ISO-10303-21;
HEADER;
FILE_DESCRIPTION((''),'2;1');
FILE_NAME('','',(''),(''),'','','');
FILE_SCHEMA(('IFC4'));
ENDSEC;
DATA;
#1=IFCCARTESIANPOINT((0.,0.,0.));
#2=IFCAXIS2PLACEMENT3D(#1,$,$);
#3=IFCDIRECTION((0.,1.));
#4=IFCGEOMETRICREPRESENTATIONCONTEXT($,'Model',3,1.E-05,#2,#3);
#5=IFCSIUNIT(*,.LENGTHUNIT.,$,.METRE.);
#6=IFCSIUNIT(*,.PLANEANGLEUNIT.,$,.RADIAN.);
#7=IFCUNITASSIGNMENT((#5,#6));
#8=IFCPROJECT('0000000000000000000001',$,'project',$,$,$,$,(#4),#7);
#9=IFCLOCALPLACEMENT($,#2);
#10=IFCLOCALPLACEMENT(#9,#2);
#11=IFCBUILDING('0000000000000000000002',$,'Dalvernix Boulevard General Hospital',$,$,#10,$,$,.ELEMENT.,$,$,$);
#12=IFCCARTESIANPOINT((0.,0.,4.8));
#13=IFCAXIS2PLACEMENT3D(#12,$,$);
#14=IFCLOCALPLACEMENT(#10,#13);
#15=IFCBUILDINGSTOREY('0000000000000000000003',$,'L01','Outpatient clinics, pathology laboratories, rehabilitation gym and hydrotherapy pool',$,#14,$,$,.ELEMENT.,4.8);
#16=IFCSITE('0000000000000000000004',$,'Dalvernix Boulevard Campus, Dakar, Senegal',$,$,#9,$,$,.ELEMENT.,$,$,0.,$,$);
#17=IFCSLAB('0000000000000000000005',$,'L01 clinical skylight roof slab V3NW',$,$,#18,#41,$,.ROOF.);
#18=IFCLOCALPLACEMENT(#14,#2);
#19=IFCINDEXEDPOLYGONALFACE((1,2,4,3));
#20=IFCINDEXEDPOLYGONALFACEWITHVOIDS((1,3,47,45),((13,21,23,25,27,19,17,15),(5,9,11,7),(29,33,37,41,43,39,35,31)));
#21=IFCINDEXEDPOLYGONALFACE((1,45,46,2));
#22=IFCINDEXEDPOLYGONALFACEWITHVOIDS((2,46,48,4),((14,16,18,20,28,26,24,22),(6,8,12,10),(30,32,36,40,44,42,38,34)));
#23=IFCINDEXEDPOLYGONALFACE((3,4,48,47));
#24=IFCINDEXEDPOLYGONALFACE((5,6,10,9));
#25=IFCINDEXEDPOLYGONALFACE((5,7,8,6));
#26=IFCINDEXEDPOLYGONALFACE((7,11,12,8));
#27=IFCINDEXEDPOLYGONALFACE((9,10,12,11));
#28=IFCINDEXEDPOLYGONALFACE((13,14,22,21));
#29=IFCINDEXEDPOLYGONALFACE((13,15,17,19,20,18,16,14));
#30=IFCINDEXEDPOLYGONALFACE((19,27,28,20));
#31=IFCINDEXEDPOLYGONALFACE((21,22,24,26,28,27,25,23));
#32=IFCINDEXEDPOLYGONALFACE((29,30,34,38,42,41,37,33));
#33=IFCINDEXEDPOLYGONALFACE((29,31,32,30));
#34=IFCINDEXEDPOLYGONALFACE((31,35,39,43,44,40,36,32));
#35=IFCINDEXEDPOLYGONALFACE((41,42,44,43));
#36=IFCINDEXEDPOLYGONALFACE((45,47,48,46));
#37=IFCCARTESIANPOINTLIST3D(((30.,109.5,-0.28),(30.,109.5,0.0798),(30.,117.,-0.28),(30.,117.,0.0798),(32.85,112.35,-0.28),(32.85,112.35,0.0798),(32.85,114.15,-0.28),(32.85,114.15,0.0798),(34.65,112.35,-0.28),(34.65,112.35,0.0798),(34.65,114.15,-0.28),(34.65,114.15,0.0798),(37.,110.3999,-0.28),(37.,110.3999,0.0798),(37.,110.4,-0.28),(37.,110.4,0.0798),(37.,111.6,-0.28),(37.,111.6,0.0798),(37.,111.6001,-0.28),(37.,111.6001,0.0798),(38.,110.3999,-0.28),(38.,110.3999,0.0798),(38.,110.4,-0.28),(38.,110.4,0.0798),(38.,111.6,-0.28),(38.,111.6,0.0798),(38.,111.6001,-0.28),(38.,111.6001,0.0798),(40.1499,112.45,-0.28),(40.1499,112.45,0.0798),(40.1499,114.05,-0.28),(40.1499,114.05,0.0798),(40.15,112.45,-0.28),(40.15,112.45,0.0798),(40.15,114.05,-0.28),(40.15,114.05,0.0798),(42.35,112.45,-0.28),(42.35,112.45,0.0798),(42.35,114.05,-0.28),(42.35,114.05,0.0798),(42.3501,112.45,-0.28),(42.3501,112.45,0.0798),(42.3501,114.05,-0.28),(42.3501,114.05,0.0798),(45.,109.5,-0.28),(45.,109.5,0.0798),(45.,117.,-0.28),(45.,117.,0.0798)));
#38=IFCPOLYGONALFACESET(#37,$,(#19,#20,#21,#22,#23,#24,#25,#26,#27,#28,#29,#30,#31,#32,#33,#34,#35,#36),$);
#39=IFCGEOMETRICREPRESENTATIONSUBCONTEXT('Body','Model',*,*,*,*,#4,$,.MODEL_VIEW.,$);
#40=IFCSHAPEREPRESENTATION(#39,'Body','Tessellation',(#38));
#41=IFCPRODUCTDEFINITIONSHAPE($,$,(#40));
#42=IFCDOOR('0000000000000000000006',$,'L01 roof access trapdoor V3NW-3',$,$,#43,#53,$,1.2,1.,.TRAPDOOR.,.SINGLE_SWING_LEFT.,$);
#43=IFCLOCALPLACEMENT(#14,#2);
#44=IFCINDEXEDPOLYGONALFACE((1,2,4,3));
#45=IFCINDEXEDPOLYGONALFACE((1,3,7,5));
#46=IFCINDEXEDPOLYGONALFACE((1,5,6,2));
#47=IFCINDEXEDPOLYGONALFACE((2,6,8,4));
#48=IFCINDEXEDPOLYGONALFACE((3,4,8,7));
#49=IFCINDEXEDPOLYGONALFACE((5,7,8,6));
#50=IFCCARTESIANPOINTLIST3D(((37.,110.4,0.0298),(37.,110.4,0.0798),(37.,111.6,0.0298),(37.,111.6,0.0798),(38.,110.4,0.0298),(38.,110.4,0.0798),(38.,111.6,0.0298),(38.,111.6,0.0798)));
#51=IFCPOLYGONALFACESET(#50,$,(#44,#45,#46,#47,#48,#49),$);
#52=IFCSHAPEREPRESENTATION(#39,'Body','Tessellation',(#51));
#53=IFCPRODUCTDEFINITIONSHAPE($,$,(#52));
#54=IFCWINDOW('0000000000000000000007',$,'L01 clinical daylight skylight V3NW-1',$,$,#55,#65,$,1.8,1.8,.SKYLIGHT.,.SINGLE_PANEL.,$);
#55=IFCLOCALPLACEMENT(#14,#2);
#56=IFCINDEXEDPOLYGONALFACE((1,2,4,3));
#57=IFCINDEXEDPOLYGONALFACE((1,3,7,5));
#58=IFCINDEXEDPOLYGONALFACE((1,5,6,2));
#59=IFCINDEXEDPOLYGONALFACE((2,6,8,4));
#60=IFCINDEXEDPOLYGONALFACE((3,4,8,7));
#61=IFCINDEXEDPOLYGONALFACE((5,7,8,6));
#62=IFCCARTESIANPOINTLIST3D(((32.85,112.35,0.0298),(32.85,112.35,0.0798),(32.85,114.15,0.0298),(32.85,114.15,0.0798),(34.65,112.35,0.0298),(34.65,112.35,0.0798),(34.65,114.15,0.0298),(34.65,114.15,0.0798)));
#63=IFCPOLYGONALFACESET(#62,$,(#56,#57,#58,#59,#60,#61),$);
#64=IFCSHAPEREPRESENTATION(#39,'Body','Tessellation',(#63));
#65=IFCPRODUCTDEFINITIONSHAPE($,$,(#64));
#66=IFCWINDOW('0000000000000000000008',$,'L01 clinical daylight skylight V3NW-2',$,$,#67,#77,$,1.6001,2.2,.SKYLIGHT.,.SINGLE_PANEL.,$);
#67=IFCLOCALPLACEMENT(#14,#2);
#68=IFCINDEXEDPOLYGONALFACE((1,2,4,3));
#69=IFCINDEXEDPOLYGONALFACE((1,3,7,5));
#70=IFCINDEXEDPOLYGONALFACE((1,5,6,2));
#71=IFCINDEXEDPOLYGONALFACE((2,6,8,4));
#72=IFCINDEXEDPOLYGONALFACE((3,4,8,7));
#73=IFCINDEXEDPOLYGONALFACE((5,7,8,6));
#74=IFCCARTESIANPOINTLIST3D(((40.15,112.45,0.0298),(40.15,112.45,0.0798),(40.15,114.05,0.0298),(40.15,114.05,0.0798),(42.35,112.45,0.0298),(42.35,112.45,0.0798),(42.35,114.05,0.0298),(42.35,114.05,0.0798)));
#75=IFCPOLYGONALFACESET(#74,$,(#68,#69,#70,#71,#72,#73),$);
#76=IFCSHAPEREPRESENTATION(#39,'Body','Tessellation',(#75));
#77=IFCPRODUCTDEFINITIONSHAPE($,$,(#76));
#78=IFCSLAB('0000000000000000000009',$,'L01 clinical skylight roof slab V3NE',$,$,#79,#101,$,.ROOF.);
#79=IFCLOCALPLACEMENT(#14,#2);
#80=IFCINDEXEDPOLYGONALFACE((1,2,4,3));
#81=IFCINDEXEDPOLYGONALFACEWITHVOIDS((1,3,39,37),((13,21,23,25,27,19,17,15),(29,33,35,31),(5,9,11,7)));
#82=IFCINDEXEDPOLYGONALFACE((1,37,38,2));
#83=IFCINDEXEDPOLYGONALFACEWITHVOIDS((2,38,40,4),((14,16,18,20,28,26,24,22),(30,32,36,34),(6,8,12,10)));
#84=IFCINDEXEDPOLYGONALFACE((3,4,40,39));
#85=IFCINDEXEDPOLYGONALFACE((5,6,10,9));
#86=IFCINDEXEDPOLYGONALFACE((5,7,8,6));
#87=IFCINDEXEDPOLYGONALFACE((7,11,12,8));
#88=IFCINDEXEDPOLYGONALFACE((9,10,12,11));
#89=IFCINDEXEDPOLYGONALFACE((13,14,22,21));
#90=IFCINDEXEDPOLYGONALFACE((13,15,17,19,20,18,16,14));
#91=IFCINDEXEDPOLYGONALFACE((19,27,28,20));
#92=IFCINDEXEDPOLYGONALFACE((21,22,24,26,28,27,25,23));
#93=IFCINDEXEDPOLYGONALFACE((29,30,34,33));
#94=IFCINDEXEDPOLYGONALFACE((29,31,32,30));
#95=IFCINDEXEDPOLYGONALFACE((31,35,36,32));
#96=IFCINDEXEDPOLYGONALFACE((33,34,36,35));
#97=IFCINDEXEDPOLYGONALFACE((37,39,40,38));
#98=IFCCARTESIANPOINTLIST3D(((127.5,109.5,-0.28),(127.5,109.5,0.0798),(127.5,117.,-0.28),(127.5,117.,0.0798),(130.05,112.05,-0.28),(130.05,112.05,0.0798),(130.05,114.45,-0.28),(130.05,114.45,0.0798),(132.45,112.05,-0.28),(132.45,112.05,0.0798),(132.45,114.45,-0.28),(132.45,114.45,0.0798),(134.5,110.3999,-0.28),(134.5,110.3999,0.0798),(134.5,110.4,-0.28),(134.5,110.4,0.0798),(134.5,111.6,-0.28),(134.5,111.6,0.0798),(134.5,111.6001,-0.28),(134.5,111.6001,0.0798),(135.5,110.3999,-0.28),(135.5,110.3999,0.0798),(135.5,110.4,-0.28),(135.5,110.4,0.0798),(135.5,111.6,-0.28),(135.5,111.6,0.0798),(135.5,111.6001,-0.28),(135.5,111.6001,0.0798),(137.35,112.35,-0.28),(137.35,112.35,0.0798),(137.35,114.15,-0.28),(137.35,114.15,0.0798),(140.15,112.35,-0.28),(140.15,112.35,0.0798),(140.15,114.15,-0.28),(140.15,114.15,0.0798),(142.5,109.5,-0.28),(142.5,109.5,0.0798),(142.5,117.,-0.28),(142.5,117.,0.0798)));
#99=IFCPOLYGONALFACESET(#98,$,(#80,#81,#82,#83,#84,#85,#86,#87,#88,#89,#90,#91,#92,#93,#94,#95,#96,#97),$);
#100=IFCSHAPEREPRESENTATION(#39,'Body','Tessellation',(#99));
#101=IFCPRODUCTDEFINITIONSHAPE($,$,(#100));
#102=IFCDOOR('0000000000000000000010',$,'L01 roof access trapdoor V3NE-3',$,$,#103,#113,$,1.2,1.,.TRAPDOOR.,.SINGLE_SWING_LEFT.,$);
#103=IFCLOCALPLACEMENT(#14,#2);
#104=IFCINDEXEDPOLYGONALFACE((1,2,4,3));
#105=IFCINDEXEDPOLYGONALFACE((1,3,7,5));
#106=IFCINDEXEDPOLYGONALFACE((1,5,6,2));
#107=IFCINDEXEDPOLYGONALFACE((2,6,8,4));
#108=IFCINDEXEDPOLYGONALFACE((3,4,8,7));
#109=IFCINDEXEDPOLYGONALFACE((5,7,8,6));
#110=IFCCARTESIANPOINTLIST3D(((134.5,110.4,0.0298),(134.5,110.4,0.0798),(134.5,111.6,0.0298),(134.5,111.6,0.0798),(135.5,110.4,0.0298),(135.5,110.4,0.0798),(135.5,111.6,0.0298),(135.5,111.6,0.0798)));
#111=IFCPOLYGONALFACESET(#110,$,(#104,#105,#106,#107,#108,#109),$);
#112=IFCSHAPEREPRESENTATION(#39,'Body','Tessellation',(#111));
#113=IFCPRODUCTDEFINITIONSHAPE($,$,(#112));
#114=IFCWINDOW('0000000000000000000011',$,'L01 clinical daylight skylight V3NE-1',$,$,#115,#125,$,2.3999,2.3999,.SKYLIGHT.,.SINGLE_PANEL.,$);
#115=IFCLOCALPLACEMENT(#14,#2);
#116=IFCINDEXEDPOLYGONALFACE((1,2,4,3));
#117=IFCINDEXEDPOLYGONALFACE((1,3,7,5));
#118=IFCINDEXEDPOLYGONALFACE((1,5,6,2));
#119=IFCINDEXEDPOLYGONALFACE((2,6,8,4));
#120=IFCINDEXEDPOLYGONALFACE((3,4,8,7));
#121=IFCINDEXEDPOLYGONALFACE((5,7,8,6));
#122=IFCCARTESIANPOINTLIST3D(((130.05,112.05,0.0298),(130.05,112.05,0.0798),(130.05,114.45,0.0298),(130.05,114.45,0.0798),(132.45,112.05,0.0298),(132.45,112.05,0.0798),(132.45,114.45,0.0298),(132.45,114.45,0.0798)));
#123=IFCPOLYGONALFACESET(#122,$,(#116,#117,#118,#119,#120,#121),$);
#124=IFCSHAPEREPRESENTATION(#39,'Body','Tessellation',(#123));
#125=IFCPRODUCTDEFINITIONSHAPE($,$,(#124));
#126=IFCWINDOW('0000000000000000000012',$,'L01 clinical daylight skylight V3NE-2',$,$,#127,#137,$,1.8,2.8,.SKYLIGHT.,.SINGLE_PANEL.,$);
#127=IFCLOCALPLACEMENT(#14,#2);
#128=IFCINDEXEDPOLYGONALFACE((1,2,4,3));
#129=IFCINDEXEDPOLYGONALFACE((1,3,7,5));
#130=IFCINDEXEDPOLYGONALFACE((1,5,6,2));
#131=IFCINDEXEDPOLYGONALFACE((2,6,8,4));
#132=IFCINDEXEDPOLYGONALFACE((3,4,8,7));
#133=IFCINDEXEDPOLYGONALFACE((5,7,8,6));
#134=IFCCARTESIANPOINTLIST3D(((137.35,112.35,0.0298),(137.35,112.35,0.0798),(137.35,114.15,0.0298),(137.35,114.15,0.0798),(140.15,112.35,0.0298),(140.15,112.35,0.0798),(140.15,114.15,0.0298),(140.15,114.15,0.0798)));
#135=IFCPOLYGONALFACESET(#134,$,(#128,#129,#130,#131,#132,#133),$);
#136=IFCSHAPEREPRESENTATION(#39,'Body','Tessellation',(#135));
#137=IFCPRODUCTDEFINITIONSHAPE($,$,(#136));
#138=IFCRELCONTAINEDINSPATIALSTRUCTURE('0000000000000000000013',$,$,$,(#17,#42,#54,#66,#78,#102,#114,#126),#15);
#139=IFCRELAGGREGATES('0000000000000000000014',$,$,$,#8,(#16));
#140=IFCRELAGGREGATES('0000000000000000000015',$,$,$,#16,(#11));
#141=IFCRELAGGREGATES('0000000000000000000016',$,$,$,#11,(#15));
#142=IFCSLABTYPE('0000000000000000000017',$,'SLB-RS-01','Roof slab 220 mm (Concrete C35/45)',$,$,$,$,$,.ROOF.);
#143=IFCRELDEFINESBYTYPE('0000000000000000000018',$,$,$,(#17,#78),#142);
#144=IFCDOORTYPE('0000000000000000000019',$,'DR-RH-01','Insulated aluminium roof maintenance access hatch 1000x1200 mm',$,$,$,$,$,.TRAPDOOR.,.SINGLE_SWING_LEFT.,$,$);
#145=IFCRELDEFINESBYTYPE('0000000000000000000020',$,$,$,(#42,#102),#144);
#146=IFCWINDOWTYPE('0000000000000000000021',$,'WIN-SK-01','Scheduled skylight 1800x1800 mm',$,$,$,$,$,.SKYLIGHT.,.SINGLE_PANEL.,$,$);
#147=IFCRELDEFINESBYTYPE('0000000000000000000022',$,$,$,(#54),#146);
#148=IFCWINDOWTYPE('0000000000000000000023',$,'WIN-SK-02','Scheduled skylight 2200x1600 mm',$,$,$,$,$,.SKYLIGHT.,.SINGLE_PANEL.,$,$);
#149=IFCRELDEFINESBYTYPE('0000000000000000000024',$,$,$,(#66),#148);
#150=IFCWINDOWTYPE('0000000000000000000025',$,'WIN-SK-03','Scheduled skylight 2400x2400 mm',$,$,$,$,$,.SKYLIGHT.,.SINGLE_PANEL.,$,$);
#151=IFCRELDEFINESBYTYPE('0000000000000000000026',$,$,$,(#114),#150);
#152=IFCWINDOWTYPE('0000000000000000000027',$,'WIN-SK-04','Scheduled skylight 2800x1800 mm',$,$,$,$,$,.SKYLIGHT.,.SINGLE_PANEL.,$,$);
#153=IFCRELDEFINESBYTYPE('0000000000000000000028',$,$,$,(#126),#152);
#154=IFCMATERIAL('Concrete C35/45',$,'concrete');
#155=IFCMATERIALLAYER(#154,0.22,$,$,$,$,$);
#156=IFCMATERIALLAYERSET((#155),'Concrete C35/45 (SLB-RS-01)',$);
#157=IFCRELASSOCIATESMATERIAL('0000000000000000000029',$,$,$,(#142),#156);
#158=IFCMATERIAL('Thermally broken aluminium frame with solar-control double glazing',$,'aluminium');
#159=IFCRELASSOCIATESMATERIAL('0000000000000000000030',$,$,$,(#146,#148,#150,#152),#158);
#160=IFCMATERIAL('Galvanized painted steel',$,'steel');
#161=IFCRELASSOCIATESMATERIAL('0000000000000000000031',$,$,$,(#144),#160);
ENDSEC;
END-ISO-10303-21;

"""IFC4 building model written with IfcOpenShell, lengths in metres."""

from ifc_helpers import new_model, si_unit, direction, frame, origin, origin_2d, place, context, subcontext, project, spatial, polyline, rectangle, outline, extrude, material, layer, layer_set, type_object, element, fill, save


model = new_model("IFC4")

# Units and contexts
model_context = context("Model", 3, precision=1e-05, world=origin(), true_north=direction((0.0, 1.0)))
body_context = subcontext(model_context, "Body", "Model", "MODEL_VIEW")
ifc_project = project(units=[si_unit("LENGTHUNIT", "METRE"), si_unit("PLANEANGLEUNIT", "RADIAN")], contexts=[model_context])

# Site, building, storey
site_placement = place(None, origin())
site = spatial("IfcSite", under=ifc_project, at=site_placement, Name="Dalvernix Boulevard Campus, Dakar, Senegal", CompositionType="ELEMENT", RefElevation=0.0)
building_placement = place(site_placement, origin())
building = spatial("IfcBuilding", under=site, at=building_placement, Name="Dalvernix Boulevard General Hospital", CompositionType="ELEMENT")
storey_placement = place(building_placement, frame((0.0, 0.0, 4.8)))
storey = spatial("IfcBuildingStorey", under=building, at=storey_placement, Name="L01", Description="Outpatient clinics, pathology laboratories, rehabilitation gym and hydrotherapy pool", CompositionType="ELEMENT", Elevation=4.8)

# Shared definitions
ifc_material_1 = material(Name="Concrete C35/45", Category="concrete")

# Shared definitions
ifc_layer_1 = layer(ifc_material_1, 0.22)
ifc_layer_set_1 = layer_set([ifc_layer_1], Name="Concrete C35/45 (SLB-RS-01)")
slab_type_1 = type_object("IfcSlabType", Name="SLB-RS-01", Description="Roof slab 220 mm (Concrete C35/45)", PredefinedType="ROOF", material=ifc_layer_set_1)
ifc_material_2 = material(Name="Thermally broken aluminium frame with solar-control double glazing", Category="aluminium")
window_type_1 = type_object("IfcWindowType", Name="WIN-SK-01", Description="Scheduled skylight 1800x1800 mm", PartitioningType="SINGLE_PANEL", PredefinedType="SKYLIGHT", material=ifc_material_2)
window_type_2 = type_object("IfcWindowType", Name="WIN-SK-02", Description="Scheduled skylight 2200x1600 mm", PartitioningType="SINGLE_PANEL", PredefinedType="SKYLIGHT", material=ifc_material_2)
window_type_3 = type_object("IfcWindowType", Name="WIN-SK-03", Description="Scheduled skylight 2400x2400 mm", PartitioningType="SINGLE_PANEL", PredefinedType="SKYLIGHT", material=ifc_material_2)
window_type_4 = type_object("IfcWindowType", Name="WIN-SK-04", Description="Scheduled skylight 2800x1800 mm", PartitioningType="SINGLE_PANEL", PredefinedType="SKYLIGHT", material=ifc_material_2)

# Slabs, openings, doors, windows
slab_1_placement = place(storey_placement, frame((0.0, 0.0, -0.28)))
slab_1 = element("IfcSlab", 1, at=slab_1_placement, inside=storey, type_object=slab_type_1, Name="L01 clinical skylight roof slab V3NW", PredefinedType="ROOF", context=body_context, shape_type="SweptSolid", body=[
    extrude(outline(polyline([(30.0, 109.5), (45.0, 109.5), (45.0, 117.0), (30.0, 117.0), (30.0, 109.5)]), holes=[polyline([(32.8501, 112.3501), (34.6499, 112.3501), (34.6499, 114.1499), (32.8501, 114.1499), (32.8501, 112.3501)]), polyline([(40.1499, 112.45), (42.3501, 112.45), (42.3501, 114.05), (40.1499, 114.05), (40.1499, 112.45)]), polyline([(37.0, 110.3999), (38.0, 110.3999), (38.0, 111.6001), (37.0, 111.6001), (37.0, 110.3999)])]), origin(), (0.0, 0.0, 1.0), 0.3599),
])
opening_1_placement = place(slab_1_placement, frame((33.75, 113.25, 0.0)))
opening_1 = element("IfcOpeningElement", 2, at=opening_1_placement, cuts=slab_1, PredefinedType="OPENING", context=body_context, shape_type="SweptSolid", body=[
    extrude(rectangle(XDim=1.8, YDim=1.8, at=origin_2d()), origin(), (0.0, 0.0, 1.0), 0.3599),
])
opening_2_placement = place(slab_1_placement, frame((41.25, 113.25, 0.0)))
opening_2 = element("IfcOpeningElement", 3, at=opening_2_placement, cuts=slab_1, PredefinedType="OPENING", context=body_context, shape_type="SweptSolid", body=[
    extrude(rectangle(XDim=2.2, YDim=1.6001, at=origin_2d()), origin(), (0.0, 0.0, 1.0), 0.3599),
])
opening_3_placement = place(slab_1_placement, frame((37.5, 111.0, 0.0)))
opening_3 = element("IfcOpeningElement", 4, at=opening_3_placement, cuts=slab_1, PredefinedType="OPENING", context=body_context, shape_type="SweptSolid", body=[
    extrude(rectangle(XDim=1.0, YDim=1.2, at=origin_2d()), origin(), (0.0, 0.0, 1.0), 0.3599),
])
ifc_material_3 = material(Name="Galvanized painted steel", Category="steel")
door_type = type_object("IfcDoorType", Name="DR-RH-01", Description="Insulated aluminium roof maintenance access hatch 1000x1200 mm", OperationType="SINGLE_SWING_LEFT", PredefinedType="TRAPDOOR", material=ifc_material_3)
door_1_placement = place(opening_3_placement, frame((0.0, 0.0, 0.3098)))
door_1 = element("IfcDoor", 5, at=door_1_placement, inside=storey, type_object=door_type, Name="L01 roof access trapdoor V3NW-3", OperationType="SINGLE_SWING_LEFT", OverallHeight=1.2, OverallWidth=1.0, PredefinedType="TRAPDOOR", context=body_context, shape_type="SweptSolid", body=[
    extrude(rectangle(XDim=1.0, YDim=1.2, at=origin_2d()), origin(), (0.0, 0.0, 1.0), 0.05),
])
fill(opening_3, door_1)
window_1_placement = place(opening_1_placement, frame((0.0, 0.0, 0.3098)))
window_1 = element("IfcWindow", 6, at=window_1_placement, inside=storey, type_object=window_type_1, Name="L01 clinical daylight skylight V3NW-1", OverallHeight=1.8, OverallWidth=1.8, PartitioningType="SINGLE_PANEL", PredefinedType="SKYLIGHT", context=body_context, shape_type="SweptSolid", body=[
    extrude(rectangle(XDim=1.8, YDim=1.8, at=origin_2d()), origin(), (0.0, 0.0, 1.0), 0.05),
])
fill(opening_1, window_1)
window_2_placement = place(opening_2_placement, frame((0.0, 0.0, 0.3098)))
window_2 = element("IfcWindow", 7, at=window_2_placement, inside=storey, type_object=window_type_2, Name="L01 clinical daylight skylight V3NW-2", OverallHeight=1.6001, OverallWidth=2.2, PartitioningType="SINGLE_PANEL", PredefinedType="SKYLIGHT", context=body_context, shape_type="SweptSolid", body=[
    extrude(rectangle(XDim=2.2, YDim=1.6001, at=origin_2d()), origin(), (0.0, 0.0, 1.0), 0.05),
])
fill(opening_2, window_2)
slab_2_placement = place(storey_placement, frame((0.0, 0.0, -0.28)))
slab_2 = element("IfcSlab", 8, at=slab_2_placement, inside=storey, type_object=slab_type_1, Name="L01 clinical skylight roof slab V3NE", PredefinedType="ROOF", context=body_context, shape_type="SweptSolid", body=[
    extrude(outline(polyline([(127.5, 109.5), (142.5, 109.5), (142.5, 117.0), (127.5, 117.0), (127.5, 109.5)]), holes=[polyline([(130.05, 112.05), (132.45, 112.05), (132.45, 114.45), (130.05, 114.45), (130.05, 112.05)]), polyline([(137.3501, 112.3501), (140.1499, 112.3501), (140.1499, 114.1499), (137.3501, 114.1499), (137.3501, 112.3501)]), polyline([(134.5, 110.3999), (135.5, 110.3999), (135.5, 111.6001), (134.5, 111.6001), (134.5, 110.3999)])]), origin(), (0.0, 0.0, 1.0), 0.3599),
])
opening_4_placement = place(slab_2_placement, frame((131.25, 113.25, 0.0)))
opening_4 = element("IfcOpeningElement", 9, at=opening_4_placement, cuts=slab_2, PredefinedType="OPENING", context=body_context, shape_type="SweptSolid", body=[
    extrude(rectangle(XDim=2.3999, YDim=2.3999, at=origin_2d()), origin(), (0.0, 0.0, 1.0), 0.3599),
])
opening_5_placement = place(slab_2_placement, frame((138.75, 113.25, 0.0)))
opening_5 = element("IfcOpeningElement", 10, at=opening_5_placement, cuts=slab_2, PredefinedType="OPENING", context=body_context, shape_type="SweptSolid", body=[
    extrude(rectangle(XDim=2.8, YDim=1.8, at=origin_2d()), origin(), (0.0, 0.0, 1.0), 0.3599),
])
opening_6_placement = place(slab_2_placement, frame((135.0, 111.0, 0.0)))
opening_6 = element("IfcOpeningElement", 11, at=opening_6_placement, cuts=slab_2, PredefinedType="OPENING", context=body_context, shape_type="SweptSolid", body=[
    extrude(rectangle(XDim=1.0, YDim=1.2, at=origin_2d()), origin(), (0.0, 0.0, 1.0), 0.3599),
])
door_2_placement = place(opening_6_placement, frame((0.0, 0.0, 0.3098)))
door_2 = element("IfcDoor", 12, at=door_2_placement, inside=storey, type_object=door_type, Name="L01 roof access trapdoor V3NE-3", OperationType="SINGLE_SWING_LEFT", OverallHeight=1.2, OverallWidth=1.0, PredefinedType="TRAPDOOR", context=body_context, shape_type="SweptSolid", body=[
    extrude(rectangle(XDim=1.0, YDim=1.2, at=origin_2d()), origin(), (0.0, 0.0, 1.0), 0.05),
])
fill(opening_6, door_2)
window_3_placement = place(opening_4_placement, frame((0.0, 0.0, 0.3098)))
window_3 = element("IfcWindow", 13, at=window_3_placement, inside=storey, type_object=window_type_3, Name="L01 clinical daylight skylight V3NE-1", OverallHeight=2.3999, OverallWidth=2.3999, PartitioningType="SINGLE_PANEL", PredefinedType="SKYLIGHT", context=body_context, shape_type="SweptSolid", body=[
    extrude(rectangle(XDim=2.3999, YDim=2.3999, at=origin_2d()), origin(), (0.0, 0.0, 1.0), 0.05),
])
fill(opening_4, window_3)
window_4_placement = place(opening_5_placement, frame((0.0, 0.0, 0.3098)))
window_4 = element("IfcWindow", 14, at=window_4_placement, inside=storey, type_object=window_type_4, Name="L01 clinical daylight skylight V3NE-2", OverallHeight=1.8, OverallWidth=2.8, PartitioningType="SINGLE_PANEL", PredefinedType="SKYLIGHT", context=body_context, shape_type="SweptSolid", body=[
    extrude(rectangle(XDim=2.8, YDim=1.8, at=origin_2d()), origin(), (0.0, 0.0, 1.0), 0.05),
])
fill(opening_5, window_4)

save(model, "model.ifc")
